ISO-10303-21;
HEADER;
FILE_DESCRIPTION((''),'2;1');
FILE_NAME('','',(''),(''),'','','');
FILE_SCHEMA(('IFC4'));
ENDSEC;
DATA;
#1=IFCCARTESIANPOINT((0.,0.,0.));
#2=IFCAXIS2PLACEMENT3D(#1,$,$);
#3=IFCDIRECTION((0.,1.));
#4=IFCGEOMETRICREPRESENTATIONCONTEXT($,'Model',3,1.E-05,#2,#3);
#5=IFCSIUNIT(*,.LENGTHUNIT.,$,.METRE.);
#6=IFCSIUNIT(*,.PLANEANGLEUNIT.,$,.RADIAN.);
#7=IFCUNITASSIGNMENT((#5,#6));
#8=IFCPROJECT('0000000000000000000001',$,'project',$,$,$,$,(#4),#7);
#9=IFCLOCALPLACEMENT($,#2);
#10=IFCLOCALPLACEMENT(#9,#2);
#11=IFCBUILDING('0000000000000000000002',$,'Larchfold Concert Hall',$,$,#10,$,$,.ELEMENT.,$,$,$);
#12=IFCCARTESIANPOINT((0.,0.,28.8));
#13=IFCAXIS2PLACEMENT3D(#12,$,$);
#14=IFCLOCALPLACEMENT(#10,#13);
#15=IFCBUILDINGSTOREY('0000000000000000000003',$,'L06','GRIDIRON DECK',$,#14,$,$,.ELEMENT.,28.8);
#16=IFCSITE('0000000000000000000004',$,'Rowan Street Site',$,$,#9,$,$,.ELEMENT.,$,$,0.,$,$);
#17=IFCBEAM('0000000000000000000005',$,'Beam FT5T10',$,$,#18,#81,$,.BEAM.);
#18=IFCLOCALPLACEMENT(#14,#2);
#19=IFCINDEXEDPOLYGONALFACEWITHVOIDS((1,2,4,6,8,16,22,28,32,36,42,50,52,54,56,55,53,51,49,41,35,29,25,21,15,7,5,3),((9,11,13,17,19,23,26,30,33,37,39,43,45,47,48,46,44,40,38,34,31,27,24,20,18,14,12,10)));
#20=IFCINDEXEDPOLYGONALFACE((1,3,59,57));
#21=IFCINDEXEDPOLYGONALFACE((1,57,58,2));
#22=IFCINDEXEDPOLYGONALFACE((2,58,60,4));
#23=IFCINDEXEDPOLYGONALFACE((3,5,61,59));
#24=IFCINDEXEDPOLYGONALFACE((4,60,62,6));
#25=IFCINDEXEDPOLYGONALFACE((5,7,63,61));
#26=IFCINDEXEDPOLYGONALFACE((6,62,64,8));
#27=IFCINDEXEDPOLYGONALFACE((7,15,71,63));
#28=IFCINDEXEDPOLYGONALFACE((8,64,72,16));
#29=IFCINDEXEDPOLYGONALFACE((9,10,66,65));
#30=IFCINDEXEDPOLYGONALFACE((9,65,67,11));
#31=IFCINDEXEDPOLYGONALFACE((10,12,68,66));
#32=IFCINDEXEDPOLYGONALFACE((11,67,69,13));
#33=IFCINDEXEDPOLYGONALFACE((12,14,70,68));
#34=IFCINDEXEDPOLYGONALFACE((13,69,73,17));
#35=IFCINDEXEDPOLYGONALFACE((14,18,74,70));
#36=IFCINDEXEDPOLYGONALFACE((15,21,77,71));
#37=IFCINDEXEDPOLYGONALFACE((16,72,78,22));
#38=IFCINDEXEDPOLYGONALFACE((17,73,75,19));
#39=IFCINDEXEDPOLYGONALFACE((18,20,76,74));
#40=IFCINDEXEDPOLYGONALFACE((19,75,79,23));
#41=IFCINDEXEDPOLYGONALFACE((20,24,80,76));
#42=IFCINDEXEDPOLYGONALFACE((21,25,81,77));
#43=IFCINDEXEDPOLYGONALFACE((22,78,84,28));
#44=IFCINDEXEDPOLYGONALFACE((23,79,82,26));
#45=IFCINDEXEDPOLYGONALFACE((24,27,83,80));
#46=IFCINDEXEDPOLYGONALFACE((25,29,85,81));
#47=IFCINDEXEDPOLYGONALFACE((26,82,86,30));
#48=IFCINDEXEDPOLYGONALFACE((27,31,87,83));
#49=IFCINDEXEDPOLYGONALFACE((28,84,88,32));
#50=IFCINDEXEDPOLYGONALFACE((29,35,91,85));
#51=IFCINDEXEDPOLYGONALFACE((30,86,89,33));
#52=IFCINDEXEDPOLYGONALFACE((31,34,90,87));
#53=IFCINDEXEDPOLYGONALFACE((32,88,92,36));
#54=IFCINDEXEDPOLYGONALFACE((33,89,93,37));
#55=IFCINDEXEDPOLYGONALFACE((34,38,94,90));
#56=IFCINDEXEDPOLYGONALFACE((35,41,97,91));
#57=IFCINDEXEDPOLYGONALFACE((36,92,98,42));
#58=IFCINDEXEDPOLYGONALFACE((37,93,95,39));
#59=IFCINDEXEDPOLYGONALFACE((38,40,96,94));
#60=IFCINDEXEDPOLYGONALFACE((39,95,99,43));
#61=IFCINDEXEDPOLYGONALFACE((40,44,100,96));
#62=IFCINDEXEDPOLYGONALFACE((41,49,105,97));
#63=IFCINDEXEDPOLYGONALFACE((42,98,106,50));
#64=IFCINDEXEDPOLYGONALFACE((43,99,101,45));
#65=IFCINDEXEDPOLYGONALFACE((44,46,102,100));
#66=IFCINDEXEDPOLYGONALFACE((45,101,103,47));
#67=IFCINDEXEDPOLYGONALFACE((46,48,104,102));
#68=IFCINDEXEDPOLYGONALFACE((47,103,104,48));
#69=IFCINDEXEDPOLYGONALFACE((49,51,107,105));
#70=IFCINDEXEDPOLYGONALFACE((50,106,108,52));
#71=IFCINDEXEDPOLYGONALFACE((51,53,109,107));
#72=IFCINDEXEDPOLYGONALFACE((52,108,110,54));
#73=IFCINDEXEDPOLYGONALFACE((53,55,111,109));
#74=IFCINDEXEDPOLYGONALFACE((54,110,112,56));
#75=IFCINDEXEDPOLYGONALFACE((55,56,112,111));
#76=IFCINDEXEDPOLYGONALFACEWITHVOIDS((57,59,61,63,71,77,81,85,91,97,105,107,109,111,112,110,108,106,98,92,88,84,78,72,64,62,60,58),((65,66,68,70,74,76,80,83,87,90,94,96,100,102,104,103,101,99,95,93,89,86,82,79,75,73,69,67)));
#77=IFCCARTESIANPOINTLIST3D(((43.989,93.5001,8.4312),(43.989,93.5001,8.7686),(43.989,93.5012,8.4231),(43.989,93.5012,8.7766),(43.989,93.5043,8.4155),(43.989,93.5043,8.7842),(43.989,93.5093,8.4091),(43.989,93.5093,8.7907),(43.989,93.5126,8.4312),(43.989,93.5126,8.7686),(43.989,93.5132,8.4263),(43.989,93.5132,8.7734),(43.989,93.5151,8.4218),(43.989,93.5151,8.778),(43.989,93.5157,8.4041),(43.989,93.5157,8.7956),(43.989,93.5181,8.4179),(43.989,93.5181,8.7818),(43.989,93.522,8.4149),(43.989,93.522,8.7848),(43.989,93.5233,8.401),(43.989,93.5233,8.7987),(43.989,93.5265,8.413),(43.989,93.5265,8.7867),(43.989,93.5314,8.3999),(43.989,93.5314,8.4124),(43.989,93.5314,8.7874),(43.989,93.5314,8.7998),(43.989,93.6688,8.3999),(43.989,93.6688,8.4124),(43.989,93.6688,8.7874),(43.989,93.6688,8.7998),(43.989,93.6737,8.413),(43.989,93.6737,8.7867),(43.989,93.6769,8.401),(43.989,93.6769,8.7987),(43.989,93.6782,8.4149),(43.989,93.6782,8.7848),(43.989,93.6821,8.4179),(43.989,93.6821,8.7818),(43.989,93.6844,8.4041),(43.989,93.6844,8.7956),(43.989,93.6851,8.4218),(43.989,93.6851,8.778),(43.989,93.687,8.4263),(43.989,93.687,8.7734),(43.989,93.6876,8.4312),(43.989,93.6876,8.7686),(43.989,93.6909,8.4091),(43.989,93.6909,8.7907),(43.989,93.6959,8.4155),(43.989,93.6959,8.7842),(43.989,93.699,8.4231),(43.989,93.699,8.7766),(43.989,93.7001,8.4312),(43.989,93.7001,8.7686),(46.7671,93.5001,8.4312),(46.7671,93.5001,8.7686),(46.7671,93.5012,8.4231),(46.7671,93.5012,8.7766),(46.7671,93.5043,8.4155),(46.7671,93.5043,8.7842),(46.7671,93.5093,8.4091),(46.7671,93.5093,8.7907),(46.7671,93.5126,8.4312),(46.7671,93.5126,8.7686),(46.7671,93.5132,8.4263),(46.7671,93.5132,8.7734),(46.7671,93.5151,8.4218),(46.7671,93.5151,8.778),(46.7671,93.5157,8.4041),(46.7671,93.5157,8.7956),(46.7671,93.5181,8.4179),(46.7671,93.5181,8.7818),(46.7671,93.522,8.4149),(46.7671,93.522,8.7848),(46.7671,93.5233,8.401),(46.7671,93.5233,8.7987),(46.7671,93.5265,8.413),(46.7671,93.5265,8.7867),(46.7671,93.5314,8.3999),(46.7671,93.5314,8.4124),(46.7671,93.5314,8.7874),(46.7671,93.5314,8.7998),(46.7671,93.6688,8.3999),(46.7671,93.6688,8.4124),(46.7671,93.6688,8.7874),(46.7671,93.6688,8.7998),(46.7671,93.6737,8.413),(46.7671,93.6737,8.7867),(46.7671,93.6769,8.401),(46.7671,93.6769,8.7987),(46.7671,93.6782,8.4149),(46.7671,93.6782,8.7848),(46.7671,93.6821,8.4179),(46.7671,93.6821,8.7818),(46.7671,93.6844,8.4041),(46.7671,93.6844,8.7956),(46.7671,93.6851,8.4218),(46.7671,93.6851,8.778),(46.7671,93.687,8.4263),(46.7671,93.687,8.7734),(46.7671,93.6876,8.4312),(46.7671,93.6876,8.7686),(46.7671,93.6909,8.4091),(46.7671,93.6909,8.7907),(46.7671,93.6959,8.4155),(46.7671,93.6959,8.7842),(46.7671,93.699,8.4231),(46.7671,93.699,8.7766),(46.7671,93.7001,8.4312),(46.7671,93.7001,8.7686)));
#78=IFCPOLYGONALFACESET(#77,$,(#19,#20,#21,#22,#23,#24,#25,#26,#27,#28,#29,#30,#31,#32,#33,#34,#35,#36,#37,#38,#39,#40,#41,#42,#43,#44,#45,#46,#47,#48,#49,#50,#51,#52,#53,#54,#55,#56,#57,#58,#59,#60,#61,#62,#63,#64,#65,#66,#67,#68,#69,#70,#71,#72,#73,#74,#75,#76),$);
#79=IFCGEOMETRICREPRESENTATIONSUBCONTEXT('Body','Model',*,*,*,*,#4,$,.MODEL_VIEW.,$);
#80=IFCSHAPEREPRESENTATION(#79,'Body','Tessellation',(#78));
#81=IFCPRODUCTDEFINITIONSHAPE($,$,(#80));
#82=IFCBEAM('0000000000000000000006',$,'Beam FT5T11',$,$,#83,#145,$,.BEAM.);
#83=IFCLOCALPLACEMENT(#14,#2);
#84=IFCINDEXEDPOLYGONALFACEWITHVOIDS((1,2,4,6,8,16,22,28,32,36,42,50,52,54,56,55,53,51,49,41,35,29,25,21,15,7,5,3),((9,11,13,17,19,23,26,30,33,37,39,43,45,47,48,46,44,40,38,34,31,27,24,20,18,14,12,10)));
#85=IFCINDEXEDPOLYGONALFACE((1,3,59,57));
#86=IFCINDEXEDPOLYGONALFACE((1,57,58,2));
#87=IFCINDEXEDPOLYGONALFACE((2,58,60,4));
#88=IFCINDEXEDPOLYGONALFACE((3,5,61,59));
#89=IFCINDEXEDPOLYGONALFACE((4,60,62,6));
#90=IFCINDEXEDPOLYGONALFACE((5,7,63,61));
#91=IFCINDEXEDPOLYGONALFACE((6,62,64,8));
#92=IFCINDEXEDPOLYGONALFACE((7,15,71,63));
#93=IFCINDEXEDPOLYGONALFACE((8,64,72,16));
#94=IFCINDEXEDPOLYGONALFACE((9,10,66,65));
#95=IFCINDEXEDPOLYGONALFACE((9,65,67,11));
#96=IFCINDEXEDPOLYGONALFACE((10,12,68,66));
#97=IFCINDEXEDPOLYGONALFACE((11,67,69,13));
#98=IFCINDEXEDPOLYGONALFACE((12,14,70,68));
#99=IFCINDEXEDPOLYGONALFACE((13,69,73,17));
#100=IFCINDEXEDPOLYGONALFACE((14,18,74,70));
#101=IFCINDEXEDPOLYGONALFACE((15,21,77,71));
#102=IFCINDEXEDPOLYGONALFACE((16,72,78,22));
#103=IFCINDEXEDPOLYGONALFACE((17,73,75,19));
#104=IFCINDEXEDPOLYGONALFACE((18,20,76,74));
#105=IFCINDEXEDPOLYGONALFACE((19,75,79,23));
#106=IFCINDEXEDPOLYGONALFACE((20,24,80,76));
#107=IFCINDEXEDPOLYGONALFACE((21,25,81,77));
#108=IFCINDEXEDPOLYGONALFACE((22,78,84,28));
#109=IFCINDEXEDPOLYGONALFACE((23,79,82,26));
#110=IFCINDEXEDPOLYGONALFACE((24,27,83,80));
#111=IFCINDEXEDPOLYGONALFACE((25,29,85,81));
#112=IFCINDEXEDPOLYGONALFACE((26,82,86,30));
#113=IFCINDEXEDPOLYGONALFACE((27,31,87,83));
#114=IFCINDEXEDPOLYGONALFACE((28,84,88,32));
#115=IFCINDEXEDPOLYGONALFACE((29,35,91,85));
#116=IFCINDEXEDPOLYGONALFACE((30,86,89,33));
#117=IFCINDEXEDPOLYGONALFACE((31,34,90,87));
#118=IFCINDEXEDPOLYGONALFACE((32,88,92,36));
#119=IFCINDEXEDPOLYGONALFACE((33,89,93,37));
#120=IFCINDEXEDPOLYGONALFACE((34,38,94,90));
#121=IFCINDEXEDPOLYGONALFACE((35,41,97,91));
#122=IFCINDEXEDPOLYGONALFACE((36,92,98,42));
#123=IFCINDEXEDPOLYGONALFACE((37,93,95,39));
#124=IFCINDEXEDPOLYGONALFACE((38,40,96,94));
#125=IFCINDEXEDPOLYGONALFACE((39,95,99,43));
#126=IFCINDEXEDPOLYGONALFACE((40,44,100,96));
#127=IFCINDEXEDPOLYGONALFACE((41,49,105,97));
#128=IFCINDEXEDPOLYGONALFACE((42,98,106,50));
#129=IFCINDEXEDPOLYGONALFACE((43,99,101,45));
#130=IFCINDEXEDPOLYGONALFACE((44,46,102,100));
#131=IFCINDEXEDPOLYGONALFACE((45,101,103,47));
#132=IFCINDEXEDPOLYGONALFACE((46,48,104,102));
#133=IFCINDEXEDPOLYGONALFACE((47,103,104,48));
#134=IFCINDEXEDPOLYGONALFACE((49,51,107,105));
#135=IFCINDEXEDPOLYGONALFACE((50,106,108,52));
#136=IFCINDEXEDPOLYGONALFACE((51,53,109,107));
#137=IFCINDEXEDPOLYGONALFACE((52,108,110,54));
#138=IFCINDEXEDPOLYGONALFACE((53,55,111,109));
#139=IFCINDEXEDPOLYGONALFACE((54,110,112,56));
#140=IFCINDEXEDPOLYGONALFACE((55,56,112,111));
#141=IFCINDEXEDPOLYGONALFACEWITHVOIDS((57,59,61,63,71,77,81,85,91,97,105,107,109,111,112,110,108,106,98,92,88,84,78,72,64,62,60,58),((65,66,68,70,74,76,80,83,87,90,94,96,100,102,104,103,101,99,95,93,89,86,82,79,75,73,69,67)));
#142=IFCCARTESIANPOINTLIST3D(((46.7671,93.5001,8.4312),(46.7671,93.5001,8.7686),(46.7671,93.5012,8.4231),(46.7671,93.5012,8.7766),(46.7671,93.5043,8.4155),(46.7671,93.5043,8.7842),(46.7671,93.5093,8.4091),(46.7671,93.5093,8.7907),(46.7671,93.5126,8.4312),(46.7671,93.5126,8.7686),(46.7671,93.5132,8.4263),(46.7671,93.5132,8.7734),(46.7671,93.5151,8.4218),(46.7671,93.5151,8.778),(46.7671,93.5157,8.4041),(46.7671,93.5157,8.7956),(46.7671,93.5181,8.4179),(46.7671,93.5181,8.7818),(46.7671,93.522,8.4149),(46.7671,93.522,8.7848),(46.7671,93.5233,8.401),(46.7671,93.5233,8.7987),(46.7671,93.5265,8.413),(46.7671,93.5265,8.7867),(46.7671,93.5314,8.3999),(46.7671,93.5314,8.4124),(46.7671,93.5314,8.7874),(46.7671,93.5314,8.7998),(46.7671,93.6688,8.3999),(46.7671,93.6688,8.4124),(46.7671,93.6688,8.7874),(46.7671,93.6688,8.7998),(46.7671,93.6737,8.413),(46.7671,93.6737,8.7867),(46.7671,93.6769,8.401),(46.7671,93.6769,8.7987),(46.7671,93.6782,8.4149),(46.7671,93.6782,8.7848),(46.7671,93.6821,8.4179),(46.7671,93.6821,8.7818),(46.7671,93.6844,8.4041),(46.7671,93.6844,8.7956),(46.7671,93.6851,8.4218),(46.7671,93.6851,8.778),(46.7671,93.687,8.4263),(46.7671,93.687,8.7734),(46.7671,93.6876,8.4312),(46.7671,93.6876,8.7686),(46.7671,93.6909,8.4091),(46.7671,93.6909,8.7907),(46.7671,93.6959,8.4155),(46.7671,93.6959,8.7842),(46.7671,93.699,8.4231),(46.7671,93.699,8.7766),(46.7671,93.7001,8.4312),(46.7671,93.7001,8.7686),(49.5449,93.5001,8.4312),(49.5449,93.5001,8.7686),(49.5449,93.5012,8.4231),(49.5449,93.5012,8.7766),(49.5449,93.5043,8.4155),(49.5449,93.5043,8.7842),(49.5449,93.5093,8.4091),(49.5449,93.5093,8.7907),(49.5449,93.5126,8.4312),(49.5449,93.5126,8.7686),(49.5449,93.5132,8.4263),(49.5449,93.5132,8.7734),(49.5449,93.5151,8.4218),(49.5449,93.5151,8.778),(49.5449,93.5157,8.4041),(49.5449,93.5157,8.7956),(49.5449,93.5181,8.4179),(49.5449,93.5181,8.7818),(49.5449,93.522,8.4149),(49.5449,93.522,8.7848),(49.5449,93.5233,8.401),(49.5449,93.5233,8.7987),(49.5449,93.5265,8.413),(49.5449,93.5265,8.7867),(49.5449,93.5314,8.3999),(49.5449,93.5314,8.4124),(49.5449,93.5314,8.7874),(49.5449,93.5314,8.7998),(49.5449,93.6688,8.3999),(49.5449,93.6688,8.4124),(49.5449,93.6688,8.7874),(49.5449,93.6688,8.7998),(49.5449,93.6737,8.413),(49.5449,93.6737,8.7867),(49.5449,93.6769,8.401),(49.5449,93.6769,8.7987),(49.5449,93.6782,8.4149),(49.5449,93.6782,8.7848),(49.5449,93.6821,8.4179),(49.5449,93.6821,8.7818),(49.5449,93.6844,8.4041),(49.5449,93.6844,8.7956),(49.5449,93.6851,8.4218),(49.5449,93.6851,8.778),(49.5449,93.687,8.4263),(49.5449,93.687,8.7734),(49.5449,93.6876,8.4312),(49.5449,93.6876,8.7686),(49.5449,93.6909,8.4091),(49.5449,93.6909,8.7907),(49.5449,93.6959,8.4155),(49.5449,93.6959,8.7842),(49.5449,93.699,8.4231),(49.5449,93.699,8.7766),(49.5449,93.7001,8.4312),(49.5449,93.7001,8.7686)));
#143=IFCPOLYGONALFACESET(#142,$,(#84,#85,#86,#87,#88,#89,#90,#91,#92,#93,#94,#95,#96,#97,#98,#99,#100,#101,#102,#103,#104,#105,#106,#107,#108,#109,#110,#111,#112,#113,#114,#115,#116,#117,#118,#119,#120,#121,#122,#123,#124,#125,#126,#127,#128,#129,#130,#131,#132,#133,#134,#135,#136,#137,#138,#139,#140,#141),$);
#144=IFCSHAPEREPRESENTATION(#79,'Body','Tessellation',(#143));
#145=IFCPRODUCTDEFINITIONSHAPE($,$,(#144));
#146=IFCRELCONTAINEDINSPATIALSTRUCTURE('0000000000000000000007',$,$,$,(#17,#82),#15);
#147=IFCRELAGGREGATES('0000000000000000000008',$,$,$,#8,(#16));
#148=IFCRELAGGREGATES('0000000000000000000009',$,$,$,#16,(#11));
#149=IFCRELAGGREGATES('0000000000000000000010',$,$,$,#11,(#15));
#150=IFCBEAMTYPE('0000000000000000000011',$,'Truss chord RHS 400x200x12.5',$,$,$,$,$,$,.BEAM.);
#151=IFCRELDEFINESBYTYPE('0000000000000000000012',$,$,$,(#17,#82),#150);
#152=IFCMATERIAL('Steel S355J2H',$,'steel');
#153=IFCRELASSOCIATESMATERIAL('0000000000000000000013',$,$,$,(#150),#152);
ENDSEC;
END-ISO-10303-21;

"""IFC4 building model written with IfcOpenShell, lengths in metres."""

from ifc_helpers import new_model, si_unit, direction, frame, origin, origin_2d, place, context, subcontext, project, spatial, hollow_rectangle, extrude, material, material_profile, profile_set, type_object, element, save


model = new_model("IFC4")

# Units and contexts
model_context = context("Model", 3, precision=1e-05, world=origin(), true_north=direction((0.0, 1.0)))
body_context = subcontext(model_context, "Body", "Model", "MODEL_VIEW")
ifc_project = project(units=[si_unit("LENGTHUNIT", "METRE"), si_unit("PLANEANGLEUNIT", "RADIAN")], contexts=[model_context])

# Site, building, storey
site_placement = place(None, origin())
site = spatial("IfcSite", under=ifc_project, at=site_placement, Name="Rowan Street Site", CompositionType="ELEMENT", RefElevation=0.0)
building_placement = place(site_placement, origin())
building = spatial("IfcBuilding", under=site, at=building_placement, Name="Larchfold Concert Hall", CompositionType="ELEMENT")
storey_placement = place(building_placement, frame((0.0, 0.0, 28.8)))
storey = spatial("IfcBuildingStorey", under=building, at=storey_placement, Name="L06", Description="GRIDIRON DECK", CompositionType="ELEMENT", Elevation=28.8)

# Beams
ifc_material_1 = material(Name="Steel S355J2H", Category="steel")
ifc_material_profile_1 = material_profile(ifc_material_1, hollow_rectangle(XDim=0.2, YDim=0.3999, WallThickness=0.0125, InnerFilletRadius=0.0188, OuterFilletRadius=0.0312, at=origin_2d()))
ifc_profile_set_1 = profile_set([ifc_material_profile_1], Name="Steel S355J2H")
beam_type_1 = type_object("IfcBeamType", Name="Truss chord RHS 400x200x12.5", PredefinedType="BEAM", material=ifc_profile_set_1)
beam_1_placement = place(storey_placement, frame((43.989, 93.6001, 8.5999), z_axis=(1.0, 0.0, 0.0), x_axis=(0.0, 1.0, 0.0)))
element("IfcBeam", 1, at=beam_1_placement, inside=storey, type_object=beam_type_1, Name="Beam FT5T10", PredefinedType="BEAM", context=body_context, shape_type="SweptSolid", body=[
    extrude(hollow_rectangle(XDim=0.2, YDim=0.3999, WallThickness=0.0125, InnerFilletRadius=0.0188, OuterFilletRadius=0.0312, at=origin_2d()), origin(), (0.0, 0.0, 1.0), 2.7781),
])
beam_2_placement = place(storey_placement, frame((46.7671, 93.6001, 8.5999), z_axis=(1.0, 0.0, 0.0), x_axis=(0.0, 1.0, 0.0)))
element("IfcBeam", 2, at=beam_2_placement, inside=storey, type_object=beam_type_1, Name="Beam FT5T11", PredefinedType="BEAM", context=body_context, shape_type="SweptSolid", body=[
    extrude(hollow_rectangle(XDim=0.2, YDim=0.3999, WallThickness=0.0125, InnerFilletRadius=0.0188, OuterFilletRadius=0.0312, at=origin_2d()), origin(), (0.0, 0.0, 1.0), 2.7778),
])

save(model, "model.ifc")
